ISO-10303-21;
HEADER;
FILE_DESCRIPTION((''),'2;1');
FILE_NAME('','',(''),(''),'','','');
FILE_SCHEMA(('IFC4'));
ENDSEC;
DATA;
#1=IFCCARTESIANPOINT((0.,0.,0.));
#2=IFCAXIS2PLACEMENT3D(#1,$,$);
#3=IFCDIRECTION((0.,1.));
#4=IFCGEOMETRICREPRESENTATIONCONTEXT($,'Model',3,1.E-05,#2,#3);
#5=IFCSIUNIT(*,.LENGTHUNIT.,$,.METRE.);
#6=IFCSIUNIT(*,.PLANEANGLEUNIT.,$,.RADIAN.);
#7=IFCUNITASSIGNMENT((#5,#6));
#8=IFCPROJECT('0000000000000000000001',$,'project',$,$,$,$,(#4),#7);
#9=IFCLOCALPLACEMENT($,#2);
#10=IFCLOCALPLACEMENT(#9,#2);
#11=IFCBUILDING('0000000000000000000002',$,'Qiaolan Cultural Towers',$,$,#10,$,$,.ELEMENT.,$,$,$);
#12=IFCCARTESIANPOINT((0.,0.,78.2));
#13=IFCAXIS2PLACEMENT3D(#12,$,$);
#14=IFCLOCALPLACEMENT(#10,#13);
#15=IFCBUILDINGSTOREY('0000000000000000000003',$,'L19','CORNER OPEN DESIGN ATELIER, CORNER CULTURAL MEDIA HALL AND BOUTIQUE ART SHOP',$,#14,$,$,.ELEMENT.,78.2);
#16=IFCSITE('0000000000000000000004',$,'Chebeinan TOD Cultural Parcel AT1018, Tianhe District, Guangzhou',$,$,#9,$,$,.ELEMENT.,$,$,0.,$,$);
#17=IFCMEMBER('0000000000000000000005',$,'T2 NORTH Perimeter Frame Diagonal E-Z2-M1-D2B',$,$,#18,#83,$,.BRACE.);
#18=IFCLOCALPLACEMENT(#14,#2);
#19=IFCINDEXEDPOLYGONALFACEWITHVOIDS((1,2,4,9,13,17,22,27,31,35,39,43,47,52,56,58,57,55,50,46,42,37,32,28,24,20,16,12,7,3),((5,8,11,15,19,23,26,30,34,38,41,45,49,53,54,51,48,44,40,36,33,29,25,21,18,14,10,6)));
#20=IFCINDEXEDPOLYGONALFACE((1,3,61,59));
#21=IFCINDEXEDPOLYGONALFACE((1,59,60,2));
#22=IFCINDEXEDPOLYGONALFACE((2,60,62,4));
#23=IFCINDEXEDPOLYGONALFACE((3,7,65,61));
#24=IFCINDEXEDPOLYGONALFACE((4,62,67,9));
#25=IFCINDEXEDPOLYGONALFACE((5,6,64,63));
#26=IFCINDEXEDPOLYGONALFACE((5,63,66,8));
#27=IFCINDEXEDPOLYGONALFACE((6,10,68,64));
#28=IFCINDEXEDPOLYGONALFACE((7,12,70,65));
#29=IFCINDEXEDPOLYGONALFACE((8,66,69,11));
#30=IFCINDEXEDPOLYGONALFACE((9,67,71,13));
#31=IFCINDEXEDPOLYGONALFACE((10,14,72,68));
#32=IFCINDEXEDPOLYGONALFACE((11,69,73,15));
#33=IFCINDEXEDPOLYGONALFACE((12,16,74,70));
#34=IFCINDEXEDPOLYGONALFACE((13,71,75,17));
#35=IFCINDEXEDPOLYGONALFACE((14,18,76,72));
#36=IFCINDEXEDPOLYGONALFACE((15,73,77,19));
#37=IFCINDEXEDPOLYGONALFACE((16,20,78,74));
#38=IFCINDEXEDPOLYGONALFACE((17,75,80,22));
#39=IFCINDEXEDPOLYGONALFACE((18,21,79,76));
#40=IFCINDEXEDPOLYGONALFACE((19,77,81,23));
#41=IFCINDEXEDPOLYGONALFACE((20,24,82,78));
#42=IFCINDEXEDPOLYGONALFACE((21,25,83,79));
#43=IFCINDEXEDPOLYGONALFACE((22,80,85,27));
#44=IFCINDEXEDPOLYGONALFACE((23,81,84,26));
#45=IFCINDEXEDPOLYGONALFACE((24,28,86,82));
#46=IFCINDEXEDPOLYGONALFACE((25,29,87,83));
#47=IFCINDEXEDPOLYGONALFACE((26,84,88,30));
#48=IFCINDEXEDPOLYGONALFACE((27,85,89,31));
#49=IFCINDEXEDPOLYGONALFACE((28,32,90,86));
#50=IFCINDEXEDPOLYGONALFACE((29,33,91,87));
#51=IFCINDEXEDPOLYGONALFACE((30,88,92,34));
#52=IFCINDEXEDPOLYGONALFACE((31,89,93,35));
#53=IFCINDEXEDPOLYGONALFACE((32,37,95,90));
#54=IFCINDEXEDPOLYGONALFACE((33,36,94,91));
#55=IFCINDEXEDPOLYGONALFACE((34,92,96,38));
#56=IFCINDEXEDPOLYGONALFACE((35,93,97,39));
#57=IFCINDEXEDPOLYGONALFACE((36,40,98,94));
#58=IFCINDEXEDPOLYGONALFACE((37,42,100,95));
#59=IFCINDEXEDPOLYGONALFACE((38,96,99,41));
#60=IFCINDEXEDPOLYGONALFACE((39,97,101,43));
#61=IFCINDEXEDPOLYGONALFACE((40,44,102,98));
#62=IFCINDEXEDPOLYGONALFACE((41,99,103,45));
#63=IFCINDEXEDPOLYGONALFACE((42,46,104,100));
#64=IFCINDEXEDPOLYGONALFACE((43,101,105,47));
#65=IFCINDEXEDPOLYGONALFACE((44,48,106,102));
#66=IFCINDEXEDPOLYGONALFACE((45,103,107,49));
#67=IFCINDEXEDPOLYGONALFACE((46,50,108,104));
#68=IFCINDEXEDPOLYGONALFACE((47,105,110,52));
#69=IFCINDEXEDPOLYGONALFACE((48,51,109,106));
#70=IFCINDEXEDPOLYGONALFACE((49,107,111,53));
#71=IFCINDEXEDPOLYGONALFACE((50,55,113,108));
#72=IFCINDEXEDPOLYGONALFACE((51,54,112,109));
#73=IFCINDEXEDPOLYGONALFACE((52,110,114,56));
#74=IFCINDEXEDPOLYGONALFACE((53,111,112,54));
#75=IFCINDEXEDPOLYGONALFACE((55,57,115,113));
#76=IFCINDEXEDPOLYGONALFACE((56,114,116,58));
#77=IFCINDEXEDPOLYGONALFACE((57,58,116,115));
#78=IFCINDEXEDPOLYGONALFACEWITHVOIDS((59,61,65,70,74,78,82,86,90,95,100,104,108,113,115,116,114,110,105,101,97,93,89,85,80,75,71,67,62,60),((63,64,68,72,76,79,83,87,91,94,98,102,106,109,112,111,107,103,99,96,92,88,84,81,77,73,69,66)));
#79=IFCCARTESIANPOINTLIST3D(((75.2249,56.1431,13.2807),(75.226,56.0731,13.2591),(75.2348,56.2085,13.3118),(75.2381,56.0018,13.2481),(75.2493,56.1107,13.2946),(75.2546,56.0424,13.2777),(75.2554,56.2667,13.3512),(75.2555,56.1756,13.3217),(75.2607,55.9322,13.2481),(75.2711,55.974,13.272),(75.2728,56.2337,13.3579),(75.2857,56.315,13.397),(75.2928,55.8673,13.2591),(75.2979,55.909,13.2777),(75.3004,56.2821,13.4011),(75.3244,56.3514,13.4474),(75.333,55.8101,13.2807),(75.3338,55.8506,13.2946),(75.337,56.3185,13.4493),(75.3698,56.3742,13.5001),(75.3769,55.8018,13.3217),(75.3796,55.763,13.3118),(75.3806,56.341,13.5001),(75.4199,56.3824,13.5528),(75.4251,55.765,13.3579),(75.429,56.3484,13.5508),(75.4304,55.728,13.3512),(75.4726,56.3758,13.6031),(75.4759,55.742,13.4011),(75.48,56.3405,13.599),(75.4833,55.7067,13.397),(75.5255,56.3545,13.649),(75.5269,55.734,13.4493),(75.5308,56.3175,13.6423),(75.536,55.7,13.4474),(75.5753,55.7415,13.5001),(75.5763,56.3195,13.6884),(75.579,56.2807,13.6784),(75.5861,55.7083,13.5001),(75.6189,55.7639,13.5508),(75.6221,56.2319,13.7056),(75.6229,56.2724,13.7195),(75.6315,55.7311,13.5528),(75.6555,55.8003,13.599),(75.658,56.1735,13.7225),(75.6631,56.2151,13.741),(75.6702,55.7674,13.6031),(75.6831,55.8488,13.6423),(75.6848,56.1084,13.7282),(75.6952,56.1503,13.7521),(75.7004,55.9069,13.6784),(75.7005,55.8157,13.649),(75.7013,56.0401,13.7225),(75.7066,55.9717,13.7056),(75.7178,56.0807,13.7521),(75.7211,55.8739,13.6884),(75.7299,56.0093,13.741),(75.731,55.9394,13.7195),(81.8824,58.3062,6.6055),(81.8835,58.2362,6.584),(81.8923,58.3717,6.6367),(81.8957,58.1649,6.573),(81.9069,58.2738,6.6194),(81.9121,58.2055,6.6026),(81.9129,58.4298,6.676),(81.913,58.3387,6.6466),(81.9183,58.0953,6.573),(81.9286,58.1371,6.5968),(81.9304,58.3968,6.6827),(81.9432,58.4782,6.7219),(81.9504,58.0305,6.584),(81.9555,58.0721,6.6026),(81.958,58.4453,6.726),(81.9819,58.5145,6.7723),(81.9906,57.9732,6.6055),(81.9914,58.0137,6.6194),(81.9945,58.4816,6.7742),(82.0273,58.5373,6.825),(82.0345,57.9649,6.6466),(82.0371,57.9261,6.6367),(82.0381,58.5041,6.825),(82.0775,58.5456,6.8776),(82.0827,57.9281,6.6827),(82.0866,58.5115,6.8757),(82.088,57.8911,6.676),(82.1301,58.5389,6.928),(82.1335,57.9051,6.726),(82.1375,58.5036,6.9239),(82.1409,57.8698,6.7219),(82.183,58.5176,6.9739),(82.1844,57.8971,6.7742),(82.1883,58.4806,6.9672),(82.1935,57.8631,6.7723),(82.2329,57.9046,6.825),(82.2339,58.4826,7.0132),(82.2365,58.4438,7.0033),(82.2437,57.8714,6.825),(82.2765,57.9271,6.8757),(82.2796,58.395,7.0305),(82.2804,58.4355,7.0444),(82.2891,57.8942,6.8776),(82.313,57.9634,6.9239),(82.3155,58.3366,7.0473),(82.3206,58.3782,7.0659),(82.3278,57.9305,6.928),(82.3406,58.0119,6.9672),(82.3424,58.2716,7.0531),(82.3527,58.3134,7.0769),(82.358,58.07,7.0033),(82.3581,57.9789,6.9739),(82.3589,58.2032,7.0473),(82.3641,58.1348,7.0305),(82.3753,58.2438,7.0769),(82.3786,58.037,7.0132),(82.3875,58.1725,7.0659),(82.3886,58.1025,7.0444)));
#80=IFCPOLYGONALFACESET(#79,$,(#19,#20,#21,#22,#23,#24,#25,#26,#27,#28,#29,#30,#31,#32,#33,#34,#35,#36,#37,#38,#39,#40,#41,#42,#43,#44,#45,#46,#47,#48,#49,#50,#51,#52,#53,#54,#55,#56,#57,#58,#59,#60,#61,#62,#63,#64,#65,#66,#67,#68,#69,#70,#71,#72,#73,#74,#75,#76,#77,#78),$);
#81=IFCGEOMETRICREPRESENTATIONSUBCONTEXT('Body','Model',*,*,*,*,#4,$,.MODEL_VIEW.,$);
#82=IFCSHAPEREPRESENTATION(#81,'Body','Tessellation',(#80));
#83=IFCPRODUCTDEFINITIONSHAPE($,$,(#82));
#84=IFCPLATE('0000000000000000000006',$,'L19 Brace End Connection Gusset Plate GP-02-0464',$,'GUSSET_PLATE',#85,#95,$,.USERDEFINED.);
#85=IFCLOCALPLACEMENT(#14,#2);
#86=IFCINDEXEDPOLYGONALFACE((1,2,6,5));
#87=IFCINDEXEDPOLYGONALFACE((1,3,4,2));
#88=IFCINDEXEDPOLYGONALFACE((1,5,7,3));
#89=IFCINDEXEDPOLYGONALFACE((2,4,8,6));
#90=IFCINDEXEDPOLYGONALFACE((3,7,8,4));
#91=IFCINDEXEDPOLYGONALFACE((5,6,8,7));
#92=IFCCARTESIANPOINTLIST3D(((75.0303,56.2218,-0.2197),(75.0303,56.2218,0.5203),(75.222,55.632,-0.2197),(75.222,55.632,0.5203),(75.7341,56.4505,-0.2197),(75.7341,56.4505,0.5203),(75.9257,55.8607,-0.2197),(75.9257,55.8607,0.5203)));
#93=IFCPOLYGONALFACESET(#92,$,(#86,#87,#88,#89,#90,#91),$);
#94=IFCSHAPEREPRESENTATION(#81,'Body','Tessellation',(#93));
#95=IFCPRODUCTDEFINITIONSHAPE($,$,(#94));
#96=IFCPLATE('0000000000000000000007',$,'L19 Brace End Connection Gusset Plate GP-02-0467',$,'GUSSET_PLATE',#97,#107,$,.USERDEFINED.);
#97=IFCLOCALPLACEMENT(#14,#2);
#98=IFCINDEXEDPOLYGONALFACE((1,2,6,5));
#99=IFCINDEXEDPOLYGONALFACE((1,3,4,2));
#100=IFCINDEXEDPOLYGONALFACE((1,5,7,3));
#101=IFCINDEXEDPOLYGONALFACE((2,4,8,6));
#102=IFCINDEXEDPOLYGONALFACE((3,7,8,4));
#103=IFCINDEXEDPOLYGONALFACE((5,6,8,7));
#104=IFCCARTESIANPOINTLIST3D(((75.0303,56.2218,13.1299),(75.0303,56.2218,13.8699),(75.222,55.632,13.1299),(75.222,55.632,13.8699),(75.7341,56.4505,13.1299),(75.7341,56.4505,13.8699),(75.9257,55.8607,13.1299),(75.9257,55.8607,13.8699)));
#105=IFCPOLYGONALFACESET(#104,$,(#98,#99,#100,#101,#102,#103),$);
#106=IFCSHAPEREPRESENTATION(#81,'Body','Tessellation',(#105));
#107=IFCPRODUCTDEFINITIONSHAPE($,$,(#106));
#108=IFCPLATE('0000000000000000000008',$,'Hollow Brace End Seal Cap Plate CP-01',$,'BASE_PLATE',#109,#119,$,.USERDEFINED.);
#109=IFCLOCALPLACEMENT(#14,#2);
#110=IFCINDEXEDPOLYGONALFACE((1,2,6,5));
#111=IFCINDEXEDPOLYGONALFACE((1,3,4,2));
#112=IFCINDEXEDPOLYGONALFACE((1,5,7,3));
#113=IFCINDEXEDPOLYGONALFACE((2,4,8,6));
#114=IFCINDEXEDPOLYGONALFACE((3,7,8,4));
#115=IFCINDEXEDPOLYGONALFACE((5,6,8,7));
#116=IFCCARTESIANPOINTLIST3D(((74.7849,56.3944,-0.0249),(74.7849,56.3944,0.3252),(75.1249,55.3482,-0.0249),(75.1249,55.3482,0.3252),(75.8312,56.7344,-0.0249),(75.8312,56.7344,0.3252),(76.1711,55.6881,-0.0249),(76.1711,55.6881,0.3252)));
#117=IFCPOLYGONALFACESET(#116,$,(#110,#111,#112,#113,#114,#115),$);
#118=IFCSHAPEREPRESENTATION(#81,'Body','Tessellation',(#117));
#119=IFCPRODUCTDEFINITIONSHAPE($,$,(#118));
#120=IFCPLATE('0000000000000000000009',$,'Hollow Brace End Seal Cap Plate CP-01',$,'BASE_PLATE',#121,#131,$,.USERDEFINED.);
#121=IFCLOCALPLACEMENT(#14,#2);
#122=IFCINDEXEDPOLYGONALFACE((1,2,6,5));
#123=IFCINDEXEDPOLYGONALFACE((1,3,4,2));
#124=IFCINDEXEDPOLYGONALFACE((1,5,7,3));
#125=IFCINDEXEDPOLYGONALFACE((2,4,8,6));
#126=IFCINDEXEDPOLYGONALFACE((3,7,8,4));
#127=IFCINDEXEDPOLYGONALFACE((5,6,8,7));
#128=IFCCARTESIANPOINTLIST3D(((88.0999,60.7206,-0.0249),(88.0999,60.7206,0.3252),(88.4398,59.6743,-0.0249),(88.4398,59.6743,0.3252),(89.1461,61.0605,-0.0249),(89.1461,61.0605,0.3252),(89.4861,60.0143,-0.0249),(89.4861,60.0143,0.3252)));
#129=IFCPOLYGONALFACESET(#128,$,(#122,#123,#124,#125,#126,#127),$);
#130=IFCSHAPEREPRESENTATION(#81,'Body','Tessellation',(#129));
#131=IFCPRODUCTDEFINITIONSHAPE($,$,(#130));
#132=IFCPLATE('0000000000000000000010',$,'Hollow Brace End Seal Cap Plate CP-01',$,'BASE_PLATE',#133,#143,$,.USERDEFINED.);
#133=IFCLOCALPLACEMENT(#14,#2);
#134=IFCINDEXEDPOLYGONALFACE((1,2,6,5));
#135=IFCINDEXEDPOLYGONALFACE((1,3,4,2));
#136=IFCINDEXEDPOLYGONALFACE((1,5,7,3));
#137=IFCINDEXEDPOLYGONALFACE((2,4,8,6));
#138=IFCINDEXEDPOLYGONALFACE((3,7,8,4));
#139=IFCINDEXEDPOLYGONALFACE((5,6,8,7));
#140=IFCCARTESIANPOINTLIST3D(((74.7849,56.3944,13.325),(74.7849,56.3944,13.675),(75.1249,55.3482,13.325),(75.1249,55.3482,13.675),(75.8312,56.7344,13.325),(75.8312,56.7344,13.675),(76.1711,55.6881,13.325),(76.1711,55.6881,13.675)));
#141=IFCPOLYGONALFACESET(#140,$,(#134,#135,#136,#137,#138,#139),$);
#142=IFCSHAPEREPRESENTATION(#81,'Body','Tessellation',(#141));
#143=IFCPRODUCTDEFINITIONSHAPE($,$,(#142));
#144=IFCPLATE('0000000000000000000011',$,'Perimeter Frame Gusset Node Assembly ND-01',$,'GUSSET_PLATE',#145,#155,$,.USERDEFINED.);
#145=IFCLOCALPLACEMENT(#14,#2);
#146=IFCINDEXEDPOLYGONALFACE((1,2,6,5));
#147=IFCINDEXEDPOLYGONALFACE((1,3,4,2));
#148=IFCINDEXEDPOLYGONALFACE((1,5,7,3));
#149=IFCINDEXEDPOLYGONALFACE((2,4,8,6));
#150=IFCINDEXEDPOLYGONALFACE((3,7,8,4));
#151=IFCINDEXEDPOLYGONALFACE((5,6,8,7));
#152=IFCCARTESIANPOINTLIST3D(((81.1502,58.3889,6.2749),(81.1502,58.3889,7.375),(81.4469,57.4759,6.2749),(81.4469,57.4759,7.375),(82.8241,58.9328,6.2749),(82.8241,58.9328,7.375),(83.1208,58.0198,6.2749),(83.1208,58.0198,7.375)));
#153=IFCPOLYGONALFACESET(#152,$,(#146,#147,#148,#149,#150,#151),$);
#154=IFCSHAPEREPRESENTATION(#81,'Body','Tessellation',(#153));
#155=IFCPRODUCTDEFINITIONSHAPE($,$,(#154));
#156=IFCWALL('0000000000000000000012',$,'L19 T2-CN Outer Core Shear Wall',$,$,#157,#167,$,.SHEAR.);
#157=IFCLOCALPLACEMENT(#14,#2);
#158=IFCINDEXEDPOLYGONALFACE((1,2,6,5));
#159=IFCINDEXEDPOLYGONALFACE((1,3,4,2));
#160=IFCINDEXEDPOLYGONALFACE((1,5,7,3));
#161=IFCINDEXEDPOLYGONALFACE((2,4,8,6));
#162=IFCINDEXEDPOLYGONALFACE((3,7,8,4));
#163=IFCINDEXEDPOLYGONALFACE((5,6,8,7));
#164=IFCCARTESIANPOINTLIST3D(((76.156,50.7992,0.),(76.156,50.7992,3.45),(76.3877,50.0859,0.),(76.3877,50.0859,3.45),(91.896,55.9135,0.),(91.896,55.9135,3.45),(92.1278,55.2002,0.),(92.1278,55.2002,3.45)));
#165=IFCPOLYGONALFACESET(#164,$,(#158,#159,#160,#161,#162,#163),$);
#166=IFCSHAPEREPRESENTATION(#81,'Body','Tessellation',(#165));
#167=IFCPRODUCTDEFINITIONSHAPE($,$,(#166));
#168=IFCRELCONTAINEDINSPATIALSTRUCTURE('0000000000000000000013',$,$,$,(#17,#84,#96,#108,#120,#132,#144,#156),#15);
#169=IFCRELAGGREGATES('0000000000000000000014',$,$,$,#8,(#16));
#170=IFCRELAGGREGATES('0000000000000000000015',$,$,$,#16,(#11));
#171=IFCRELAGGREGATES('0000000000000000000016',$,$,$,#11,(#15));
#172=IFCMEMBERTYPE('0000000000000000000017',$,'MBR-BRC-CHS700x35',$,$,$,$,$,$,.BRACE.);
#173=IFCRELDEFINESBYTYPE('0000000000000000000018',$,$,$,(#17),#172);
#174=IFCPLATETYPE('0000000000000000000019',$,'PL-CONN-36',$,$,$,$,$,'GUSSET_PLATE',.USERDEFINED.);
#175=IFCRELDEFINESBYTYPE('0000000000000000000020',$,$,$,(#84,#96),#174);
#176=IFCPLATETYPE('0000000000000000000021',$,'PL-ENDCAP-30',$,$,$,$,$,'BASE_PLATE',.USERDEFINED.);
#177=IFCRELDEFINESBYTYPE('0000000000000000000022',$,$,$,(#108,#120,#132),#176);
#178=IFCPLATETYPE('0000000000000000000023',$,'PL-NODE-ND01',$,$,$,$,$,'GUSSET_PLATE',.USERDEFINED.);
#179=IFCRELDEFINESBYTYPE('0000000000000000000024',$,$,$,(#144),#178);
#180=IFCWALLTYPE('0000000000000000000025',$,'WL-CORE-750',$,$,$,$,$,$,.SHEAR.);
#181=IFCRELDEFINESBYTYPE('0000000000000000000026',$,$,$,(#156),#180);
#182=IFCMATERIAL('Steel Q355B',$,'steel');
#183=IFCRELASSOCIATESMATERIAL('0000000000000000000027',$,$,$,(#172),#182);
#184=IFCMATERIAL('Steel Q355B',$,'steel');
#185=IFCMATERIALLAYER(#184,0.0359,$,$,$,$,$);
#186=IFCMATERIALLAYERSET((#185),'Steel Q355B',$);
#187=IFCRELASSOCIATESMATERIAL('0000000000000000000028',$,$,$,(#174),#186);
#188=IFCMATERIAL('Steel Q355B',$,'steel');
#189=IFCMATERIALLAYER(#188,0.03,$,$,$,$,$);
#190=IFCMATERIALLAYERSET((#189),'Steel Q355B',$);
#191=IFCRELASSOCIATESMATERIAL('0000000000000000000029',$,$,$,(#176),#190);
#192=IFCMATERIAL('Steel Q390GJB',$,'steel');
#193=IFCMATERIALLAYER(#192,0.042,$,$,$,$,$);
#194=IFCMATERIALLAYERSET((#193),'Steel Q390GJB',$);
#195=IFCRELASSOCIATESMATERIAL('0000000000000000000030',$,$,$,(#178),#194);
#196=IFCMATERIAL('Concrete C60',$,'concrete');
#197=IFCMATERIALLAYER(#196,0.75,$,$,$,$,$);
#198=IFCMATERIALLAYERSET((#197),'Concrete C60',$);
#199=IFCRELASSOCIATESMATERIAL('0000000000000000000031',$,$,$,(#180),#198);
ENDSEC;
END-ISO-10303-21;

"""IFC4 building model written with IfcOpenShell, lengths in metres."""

from ifc_helpers import new_model, si_unit, direction, frame, frame_2d, origin, origin_2d, place, context, subcontext, project, spatial, rectangle, hollow_circle, extrude, material, layer, layer_set, material_profile, profile_set, type_object, element, save


model = new_model("IFC4")

# Units and contexts
model_context = context("Model", 3, precision=1e-05, world=origin(), true_north=direction((0.0, 1.0)))
body_context = subcontext(model_context, "Body", "Model", "MODEL_VIEW")
ifc_project = project(units=[si_unit("LENGTHUNIT", "METRE"), si_unit("PLANEANGLEUNIT", "RADIAN")], contexts=[model_context])

# Site, building, storey
site_placement = place(None, origin())
site = spatial("IfcSite", under=ifc_project, at=site_placement, Name="Chebeinan TOD Cultural Parcel AT1018, Tianhe District, Guangzhou", CompositionType="ELEMENT", RefElevation=0.0)
building_placement = place(site_placement, origin())
building = spatial("IfcBuilding", under=site, at=building_placement, Name="Qiaolan Cultural Towers", CompositionType="ELEMENT")
storey_placement = place(building_placement, frame((0.0, 0.0, 78.2)))
storey = spatial("IfcBuildingStorey", under=building, at=storey_placement, Name="L19", Description="CORNER OPEN DESIGN ATELIER, CORNER CULTURAL MEDIA HALL AND BOUTIQUE ART SHOP", CompositionType="ELEMENT", Elevation=78.2)

# Member
ifc_material_1 = material(Name="Steel Q355B", Category="steel")
ifc_material_profile_1 = material_profile(ifc_material_1, hollow_circle(Radius=0.3501, WallThickness=0.0349, at=origin_2d()), Name="CHS700x35")
ifc_profile_set_1 = profile_set([ifc_material_profile_1], Name="Steel Q355B")
member_type = type_object("IfcMemberType", Name="MBR-BRC-CHS700x35", PredefinedType="BRACE", material=ifc_profile_set_1)
member_1_placement = place(storey_placement, frame((82.1355, 58.2043, 6.825), z_axis=(-0.688289, -0.223633, 0.690106), x_axis=(0.30901, -0.951059, 0.0)))
element("IfcMember", 1, at=member_1_placement, inside=storey, type_object=member_type, Name="T2 NORTH Perimeter Frame Diagonal E-Z2-M1-D2B", PredefinedType="BRACE", context=body_context, shape_type="SweptSolid", body=[
    extrude(hollow_circle(Radius=0.3501, WallThickness=0.0349, at=origin_2d()), origin(), (0.0, 0.0, 1.0), 9.6726),
])

# Plates
ifc_material_2 = material(Name="Steel Q355B", Category="steel")
ifc_layer_1 = layer(ifc_material_2, 0.0359)
ifc_layer_set_1 = layer_set([ifc_layer_1], Name="Steel Q355B")
plate_type_1 = type_object("IfcPlateType", Name="PL-CONN-36", ElementType="GUSSET_PLATE", PredefinedType="USERDEFINED", material=ifc_layer_set_1)
for number, where, z_axis, x_axis, name in (
    (2, (75.478, 56.0413, -0.2197), (0.0, 0.0, 1.0), (0.951057, 0.309017, 0.0), "L19 Brace End Connection Gusset Plate GP-02-0464"),
    (3, (75.478, 56.0413, 13.1299), (0.0, 0.0, 1.0), (0.951057, 0.309017, 0.0), "L19 Brace End Connection Gusset Plate GP-02-0467"),
):
    element("IfcPlate", number, at=place(storey_placement, frame(where, z_axis=z_axis, x_axis=x_axis)), inside=storey, type_object=plate_type_1, Name=name, ObjectType="GUSSET_PLATE", PredefinedType="USERDEFINED", context=body_context, shape_type="SweptSolid", body=[
        extrude(rectangle(XDim=0.74, YDim=0.6201, at=origin_2d()), origin(), (0.0, 0.0, 1.0), 0.74),
    ])
ifc_material_3 = material(Name="Steel Q355B", Category="steel")
ifc_layer_2 = layer(ifc_material_3, 0.03)
ifc_layer_set_2 = layer_set([ifc_layer_2], Name="Steel Q355B")
plate_type_2 = type_object("IfcPlateType", Name="PL-ENDCAP-30", ElementType="BASE_PLATE", PredefinedType="USERDEFINED", material=ifc_layer_set_2)
for number, where, z_axis, x_axis, name in (
    (4, (75.478, 56.0413, -0.0249), (0.0, 0.0, 1.0), (0.951057, 0.309017, 0.0), "Hollow Brace End Seal Cap Plate CP-01"),
    (5, (88.793, 60.3674, -0.0249), (0.0, 0.0, 1.0), (0.951057, 0.309017, 0.0), "Hollow Brace End Seal Cap Plate CP-01"),
    (6, (75.478, 56.0413, 13.325), (0.0, 0.0, 1.0), (0.951057, 0.309017, 0.0), "Hollow Brace End Seal Cap Plate CP-01"),
):
    element("IfcPlate", number, at=place(storey_placement, frame(where, z_axis=z_axis, x_axis=x_axis)), inside=storey, type_object=plate_type_2, Name=name, ObjectType="BASE_PLATE", PredefinedType="USERDEFINED", context=body_context, shape_type="SweptSolid", body=[
        extrude(rectangle(XDim=1.1001, YDim=1.1001, at=origin_2d()), origin(), (0.0, 0.0, 1.0), 0.3501),
    ])
ifc_material_4 = material(Name="Steel Q390GJB", Category="steel")
ifc_layer_3 = layer(ifc_material_4, 0.042)
ifc_layer_set_3 = layer_set([ifc_layer_3], Name="Steel Q390GJB")
plate_type_3 = type_object("IfcPlateType", Name="PL-NODE-ND01", ElementType="GUSSET_PLATE", PredefinedType="USERDEFINED", material=ifc_layer_set_3)
plate_placement = place(storey_placement, frame((82.1355, 58.2043, 6.2749), z_axis=(0.0, 0.0, 1.0), x_axis=(0.951057, 0.309017, 0.0)))
element("IfcPlate", 7, at=plate_placement, inside=storey, type_object=plate_type_3, Name="Perimeter Frame Gusset Node Assembly ND-01", ObjectType="GUSSET_PLATE", PredefinedType="USERDEFINED", context=body_context, shape_type="SweptSolid", body=[
    extrude(rectangle(XDim=1.76, YDim=0.96, at=origin_2d()), origin(), (0.0, 0.0, 1.0), 1.1001),
])

# Wall
ifc_material_5 = material(Name="Concrete C60", Category="concrete")
ifc_layer_4 = layer(ifc_material_5, 0.75)
ifc_layer_set_4 = layer_set([ifc_layer_4], Name="Concrete C60")
wall_type_1 = type_object("IfcWallType", Name="WL-CORE-750", PredefinedType="SHEAR", material=ifc_layer_set_4)
wall_1_placement = place(storey_placement, frame((76.272, 50.4426, 0.0), z_axis=(0.0, 0.0, 1.0), x_axis=(0.951056, 0.309018, 0.0)))
element("IfcWall", 8, at=wall_1_placement, inside=storey, type_object=wall_type_1, Name="L19 T2-CN Outer Core Shear Wall", PredefinedType="SHEAR", context=body_context, shape_type="SweptSolid", body=[
    extrude(rectangle(XDim=16.55, YDim=0.75, at=frame_2d((8.2749, 0.0))), origin(), (0.0, 0.0, 1.0), 3.45),
])

save(model, "model.ifc")
